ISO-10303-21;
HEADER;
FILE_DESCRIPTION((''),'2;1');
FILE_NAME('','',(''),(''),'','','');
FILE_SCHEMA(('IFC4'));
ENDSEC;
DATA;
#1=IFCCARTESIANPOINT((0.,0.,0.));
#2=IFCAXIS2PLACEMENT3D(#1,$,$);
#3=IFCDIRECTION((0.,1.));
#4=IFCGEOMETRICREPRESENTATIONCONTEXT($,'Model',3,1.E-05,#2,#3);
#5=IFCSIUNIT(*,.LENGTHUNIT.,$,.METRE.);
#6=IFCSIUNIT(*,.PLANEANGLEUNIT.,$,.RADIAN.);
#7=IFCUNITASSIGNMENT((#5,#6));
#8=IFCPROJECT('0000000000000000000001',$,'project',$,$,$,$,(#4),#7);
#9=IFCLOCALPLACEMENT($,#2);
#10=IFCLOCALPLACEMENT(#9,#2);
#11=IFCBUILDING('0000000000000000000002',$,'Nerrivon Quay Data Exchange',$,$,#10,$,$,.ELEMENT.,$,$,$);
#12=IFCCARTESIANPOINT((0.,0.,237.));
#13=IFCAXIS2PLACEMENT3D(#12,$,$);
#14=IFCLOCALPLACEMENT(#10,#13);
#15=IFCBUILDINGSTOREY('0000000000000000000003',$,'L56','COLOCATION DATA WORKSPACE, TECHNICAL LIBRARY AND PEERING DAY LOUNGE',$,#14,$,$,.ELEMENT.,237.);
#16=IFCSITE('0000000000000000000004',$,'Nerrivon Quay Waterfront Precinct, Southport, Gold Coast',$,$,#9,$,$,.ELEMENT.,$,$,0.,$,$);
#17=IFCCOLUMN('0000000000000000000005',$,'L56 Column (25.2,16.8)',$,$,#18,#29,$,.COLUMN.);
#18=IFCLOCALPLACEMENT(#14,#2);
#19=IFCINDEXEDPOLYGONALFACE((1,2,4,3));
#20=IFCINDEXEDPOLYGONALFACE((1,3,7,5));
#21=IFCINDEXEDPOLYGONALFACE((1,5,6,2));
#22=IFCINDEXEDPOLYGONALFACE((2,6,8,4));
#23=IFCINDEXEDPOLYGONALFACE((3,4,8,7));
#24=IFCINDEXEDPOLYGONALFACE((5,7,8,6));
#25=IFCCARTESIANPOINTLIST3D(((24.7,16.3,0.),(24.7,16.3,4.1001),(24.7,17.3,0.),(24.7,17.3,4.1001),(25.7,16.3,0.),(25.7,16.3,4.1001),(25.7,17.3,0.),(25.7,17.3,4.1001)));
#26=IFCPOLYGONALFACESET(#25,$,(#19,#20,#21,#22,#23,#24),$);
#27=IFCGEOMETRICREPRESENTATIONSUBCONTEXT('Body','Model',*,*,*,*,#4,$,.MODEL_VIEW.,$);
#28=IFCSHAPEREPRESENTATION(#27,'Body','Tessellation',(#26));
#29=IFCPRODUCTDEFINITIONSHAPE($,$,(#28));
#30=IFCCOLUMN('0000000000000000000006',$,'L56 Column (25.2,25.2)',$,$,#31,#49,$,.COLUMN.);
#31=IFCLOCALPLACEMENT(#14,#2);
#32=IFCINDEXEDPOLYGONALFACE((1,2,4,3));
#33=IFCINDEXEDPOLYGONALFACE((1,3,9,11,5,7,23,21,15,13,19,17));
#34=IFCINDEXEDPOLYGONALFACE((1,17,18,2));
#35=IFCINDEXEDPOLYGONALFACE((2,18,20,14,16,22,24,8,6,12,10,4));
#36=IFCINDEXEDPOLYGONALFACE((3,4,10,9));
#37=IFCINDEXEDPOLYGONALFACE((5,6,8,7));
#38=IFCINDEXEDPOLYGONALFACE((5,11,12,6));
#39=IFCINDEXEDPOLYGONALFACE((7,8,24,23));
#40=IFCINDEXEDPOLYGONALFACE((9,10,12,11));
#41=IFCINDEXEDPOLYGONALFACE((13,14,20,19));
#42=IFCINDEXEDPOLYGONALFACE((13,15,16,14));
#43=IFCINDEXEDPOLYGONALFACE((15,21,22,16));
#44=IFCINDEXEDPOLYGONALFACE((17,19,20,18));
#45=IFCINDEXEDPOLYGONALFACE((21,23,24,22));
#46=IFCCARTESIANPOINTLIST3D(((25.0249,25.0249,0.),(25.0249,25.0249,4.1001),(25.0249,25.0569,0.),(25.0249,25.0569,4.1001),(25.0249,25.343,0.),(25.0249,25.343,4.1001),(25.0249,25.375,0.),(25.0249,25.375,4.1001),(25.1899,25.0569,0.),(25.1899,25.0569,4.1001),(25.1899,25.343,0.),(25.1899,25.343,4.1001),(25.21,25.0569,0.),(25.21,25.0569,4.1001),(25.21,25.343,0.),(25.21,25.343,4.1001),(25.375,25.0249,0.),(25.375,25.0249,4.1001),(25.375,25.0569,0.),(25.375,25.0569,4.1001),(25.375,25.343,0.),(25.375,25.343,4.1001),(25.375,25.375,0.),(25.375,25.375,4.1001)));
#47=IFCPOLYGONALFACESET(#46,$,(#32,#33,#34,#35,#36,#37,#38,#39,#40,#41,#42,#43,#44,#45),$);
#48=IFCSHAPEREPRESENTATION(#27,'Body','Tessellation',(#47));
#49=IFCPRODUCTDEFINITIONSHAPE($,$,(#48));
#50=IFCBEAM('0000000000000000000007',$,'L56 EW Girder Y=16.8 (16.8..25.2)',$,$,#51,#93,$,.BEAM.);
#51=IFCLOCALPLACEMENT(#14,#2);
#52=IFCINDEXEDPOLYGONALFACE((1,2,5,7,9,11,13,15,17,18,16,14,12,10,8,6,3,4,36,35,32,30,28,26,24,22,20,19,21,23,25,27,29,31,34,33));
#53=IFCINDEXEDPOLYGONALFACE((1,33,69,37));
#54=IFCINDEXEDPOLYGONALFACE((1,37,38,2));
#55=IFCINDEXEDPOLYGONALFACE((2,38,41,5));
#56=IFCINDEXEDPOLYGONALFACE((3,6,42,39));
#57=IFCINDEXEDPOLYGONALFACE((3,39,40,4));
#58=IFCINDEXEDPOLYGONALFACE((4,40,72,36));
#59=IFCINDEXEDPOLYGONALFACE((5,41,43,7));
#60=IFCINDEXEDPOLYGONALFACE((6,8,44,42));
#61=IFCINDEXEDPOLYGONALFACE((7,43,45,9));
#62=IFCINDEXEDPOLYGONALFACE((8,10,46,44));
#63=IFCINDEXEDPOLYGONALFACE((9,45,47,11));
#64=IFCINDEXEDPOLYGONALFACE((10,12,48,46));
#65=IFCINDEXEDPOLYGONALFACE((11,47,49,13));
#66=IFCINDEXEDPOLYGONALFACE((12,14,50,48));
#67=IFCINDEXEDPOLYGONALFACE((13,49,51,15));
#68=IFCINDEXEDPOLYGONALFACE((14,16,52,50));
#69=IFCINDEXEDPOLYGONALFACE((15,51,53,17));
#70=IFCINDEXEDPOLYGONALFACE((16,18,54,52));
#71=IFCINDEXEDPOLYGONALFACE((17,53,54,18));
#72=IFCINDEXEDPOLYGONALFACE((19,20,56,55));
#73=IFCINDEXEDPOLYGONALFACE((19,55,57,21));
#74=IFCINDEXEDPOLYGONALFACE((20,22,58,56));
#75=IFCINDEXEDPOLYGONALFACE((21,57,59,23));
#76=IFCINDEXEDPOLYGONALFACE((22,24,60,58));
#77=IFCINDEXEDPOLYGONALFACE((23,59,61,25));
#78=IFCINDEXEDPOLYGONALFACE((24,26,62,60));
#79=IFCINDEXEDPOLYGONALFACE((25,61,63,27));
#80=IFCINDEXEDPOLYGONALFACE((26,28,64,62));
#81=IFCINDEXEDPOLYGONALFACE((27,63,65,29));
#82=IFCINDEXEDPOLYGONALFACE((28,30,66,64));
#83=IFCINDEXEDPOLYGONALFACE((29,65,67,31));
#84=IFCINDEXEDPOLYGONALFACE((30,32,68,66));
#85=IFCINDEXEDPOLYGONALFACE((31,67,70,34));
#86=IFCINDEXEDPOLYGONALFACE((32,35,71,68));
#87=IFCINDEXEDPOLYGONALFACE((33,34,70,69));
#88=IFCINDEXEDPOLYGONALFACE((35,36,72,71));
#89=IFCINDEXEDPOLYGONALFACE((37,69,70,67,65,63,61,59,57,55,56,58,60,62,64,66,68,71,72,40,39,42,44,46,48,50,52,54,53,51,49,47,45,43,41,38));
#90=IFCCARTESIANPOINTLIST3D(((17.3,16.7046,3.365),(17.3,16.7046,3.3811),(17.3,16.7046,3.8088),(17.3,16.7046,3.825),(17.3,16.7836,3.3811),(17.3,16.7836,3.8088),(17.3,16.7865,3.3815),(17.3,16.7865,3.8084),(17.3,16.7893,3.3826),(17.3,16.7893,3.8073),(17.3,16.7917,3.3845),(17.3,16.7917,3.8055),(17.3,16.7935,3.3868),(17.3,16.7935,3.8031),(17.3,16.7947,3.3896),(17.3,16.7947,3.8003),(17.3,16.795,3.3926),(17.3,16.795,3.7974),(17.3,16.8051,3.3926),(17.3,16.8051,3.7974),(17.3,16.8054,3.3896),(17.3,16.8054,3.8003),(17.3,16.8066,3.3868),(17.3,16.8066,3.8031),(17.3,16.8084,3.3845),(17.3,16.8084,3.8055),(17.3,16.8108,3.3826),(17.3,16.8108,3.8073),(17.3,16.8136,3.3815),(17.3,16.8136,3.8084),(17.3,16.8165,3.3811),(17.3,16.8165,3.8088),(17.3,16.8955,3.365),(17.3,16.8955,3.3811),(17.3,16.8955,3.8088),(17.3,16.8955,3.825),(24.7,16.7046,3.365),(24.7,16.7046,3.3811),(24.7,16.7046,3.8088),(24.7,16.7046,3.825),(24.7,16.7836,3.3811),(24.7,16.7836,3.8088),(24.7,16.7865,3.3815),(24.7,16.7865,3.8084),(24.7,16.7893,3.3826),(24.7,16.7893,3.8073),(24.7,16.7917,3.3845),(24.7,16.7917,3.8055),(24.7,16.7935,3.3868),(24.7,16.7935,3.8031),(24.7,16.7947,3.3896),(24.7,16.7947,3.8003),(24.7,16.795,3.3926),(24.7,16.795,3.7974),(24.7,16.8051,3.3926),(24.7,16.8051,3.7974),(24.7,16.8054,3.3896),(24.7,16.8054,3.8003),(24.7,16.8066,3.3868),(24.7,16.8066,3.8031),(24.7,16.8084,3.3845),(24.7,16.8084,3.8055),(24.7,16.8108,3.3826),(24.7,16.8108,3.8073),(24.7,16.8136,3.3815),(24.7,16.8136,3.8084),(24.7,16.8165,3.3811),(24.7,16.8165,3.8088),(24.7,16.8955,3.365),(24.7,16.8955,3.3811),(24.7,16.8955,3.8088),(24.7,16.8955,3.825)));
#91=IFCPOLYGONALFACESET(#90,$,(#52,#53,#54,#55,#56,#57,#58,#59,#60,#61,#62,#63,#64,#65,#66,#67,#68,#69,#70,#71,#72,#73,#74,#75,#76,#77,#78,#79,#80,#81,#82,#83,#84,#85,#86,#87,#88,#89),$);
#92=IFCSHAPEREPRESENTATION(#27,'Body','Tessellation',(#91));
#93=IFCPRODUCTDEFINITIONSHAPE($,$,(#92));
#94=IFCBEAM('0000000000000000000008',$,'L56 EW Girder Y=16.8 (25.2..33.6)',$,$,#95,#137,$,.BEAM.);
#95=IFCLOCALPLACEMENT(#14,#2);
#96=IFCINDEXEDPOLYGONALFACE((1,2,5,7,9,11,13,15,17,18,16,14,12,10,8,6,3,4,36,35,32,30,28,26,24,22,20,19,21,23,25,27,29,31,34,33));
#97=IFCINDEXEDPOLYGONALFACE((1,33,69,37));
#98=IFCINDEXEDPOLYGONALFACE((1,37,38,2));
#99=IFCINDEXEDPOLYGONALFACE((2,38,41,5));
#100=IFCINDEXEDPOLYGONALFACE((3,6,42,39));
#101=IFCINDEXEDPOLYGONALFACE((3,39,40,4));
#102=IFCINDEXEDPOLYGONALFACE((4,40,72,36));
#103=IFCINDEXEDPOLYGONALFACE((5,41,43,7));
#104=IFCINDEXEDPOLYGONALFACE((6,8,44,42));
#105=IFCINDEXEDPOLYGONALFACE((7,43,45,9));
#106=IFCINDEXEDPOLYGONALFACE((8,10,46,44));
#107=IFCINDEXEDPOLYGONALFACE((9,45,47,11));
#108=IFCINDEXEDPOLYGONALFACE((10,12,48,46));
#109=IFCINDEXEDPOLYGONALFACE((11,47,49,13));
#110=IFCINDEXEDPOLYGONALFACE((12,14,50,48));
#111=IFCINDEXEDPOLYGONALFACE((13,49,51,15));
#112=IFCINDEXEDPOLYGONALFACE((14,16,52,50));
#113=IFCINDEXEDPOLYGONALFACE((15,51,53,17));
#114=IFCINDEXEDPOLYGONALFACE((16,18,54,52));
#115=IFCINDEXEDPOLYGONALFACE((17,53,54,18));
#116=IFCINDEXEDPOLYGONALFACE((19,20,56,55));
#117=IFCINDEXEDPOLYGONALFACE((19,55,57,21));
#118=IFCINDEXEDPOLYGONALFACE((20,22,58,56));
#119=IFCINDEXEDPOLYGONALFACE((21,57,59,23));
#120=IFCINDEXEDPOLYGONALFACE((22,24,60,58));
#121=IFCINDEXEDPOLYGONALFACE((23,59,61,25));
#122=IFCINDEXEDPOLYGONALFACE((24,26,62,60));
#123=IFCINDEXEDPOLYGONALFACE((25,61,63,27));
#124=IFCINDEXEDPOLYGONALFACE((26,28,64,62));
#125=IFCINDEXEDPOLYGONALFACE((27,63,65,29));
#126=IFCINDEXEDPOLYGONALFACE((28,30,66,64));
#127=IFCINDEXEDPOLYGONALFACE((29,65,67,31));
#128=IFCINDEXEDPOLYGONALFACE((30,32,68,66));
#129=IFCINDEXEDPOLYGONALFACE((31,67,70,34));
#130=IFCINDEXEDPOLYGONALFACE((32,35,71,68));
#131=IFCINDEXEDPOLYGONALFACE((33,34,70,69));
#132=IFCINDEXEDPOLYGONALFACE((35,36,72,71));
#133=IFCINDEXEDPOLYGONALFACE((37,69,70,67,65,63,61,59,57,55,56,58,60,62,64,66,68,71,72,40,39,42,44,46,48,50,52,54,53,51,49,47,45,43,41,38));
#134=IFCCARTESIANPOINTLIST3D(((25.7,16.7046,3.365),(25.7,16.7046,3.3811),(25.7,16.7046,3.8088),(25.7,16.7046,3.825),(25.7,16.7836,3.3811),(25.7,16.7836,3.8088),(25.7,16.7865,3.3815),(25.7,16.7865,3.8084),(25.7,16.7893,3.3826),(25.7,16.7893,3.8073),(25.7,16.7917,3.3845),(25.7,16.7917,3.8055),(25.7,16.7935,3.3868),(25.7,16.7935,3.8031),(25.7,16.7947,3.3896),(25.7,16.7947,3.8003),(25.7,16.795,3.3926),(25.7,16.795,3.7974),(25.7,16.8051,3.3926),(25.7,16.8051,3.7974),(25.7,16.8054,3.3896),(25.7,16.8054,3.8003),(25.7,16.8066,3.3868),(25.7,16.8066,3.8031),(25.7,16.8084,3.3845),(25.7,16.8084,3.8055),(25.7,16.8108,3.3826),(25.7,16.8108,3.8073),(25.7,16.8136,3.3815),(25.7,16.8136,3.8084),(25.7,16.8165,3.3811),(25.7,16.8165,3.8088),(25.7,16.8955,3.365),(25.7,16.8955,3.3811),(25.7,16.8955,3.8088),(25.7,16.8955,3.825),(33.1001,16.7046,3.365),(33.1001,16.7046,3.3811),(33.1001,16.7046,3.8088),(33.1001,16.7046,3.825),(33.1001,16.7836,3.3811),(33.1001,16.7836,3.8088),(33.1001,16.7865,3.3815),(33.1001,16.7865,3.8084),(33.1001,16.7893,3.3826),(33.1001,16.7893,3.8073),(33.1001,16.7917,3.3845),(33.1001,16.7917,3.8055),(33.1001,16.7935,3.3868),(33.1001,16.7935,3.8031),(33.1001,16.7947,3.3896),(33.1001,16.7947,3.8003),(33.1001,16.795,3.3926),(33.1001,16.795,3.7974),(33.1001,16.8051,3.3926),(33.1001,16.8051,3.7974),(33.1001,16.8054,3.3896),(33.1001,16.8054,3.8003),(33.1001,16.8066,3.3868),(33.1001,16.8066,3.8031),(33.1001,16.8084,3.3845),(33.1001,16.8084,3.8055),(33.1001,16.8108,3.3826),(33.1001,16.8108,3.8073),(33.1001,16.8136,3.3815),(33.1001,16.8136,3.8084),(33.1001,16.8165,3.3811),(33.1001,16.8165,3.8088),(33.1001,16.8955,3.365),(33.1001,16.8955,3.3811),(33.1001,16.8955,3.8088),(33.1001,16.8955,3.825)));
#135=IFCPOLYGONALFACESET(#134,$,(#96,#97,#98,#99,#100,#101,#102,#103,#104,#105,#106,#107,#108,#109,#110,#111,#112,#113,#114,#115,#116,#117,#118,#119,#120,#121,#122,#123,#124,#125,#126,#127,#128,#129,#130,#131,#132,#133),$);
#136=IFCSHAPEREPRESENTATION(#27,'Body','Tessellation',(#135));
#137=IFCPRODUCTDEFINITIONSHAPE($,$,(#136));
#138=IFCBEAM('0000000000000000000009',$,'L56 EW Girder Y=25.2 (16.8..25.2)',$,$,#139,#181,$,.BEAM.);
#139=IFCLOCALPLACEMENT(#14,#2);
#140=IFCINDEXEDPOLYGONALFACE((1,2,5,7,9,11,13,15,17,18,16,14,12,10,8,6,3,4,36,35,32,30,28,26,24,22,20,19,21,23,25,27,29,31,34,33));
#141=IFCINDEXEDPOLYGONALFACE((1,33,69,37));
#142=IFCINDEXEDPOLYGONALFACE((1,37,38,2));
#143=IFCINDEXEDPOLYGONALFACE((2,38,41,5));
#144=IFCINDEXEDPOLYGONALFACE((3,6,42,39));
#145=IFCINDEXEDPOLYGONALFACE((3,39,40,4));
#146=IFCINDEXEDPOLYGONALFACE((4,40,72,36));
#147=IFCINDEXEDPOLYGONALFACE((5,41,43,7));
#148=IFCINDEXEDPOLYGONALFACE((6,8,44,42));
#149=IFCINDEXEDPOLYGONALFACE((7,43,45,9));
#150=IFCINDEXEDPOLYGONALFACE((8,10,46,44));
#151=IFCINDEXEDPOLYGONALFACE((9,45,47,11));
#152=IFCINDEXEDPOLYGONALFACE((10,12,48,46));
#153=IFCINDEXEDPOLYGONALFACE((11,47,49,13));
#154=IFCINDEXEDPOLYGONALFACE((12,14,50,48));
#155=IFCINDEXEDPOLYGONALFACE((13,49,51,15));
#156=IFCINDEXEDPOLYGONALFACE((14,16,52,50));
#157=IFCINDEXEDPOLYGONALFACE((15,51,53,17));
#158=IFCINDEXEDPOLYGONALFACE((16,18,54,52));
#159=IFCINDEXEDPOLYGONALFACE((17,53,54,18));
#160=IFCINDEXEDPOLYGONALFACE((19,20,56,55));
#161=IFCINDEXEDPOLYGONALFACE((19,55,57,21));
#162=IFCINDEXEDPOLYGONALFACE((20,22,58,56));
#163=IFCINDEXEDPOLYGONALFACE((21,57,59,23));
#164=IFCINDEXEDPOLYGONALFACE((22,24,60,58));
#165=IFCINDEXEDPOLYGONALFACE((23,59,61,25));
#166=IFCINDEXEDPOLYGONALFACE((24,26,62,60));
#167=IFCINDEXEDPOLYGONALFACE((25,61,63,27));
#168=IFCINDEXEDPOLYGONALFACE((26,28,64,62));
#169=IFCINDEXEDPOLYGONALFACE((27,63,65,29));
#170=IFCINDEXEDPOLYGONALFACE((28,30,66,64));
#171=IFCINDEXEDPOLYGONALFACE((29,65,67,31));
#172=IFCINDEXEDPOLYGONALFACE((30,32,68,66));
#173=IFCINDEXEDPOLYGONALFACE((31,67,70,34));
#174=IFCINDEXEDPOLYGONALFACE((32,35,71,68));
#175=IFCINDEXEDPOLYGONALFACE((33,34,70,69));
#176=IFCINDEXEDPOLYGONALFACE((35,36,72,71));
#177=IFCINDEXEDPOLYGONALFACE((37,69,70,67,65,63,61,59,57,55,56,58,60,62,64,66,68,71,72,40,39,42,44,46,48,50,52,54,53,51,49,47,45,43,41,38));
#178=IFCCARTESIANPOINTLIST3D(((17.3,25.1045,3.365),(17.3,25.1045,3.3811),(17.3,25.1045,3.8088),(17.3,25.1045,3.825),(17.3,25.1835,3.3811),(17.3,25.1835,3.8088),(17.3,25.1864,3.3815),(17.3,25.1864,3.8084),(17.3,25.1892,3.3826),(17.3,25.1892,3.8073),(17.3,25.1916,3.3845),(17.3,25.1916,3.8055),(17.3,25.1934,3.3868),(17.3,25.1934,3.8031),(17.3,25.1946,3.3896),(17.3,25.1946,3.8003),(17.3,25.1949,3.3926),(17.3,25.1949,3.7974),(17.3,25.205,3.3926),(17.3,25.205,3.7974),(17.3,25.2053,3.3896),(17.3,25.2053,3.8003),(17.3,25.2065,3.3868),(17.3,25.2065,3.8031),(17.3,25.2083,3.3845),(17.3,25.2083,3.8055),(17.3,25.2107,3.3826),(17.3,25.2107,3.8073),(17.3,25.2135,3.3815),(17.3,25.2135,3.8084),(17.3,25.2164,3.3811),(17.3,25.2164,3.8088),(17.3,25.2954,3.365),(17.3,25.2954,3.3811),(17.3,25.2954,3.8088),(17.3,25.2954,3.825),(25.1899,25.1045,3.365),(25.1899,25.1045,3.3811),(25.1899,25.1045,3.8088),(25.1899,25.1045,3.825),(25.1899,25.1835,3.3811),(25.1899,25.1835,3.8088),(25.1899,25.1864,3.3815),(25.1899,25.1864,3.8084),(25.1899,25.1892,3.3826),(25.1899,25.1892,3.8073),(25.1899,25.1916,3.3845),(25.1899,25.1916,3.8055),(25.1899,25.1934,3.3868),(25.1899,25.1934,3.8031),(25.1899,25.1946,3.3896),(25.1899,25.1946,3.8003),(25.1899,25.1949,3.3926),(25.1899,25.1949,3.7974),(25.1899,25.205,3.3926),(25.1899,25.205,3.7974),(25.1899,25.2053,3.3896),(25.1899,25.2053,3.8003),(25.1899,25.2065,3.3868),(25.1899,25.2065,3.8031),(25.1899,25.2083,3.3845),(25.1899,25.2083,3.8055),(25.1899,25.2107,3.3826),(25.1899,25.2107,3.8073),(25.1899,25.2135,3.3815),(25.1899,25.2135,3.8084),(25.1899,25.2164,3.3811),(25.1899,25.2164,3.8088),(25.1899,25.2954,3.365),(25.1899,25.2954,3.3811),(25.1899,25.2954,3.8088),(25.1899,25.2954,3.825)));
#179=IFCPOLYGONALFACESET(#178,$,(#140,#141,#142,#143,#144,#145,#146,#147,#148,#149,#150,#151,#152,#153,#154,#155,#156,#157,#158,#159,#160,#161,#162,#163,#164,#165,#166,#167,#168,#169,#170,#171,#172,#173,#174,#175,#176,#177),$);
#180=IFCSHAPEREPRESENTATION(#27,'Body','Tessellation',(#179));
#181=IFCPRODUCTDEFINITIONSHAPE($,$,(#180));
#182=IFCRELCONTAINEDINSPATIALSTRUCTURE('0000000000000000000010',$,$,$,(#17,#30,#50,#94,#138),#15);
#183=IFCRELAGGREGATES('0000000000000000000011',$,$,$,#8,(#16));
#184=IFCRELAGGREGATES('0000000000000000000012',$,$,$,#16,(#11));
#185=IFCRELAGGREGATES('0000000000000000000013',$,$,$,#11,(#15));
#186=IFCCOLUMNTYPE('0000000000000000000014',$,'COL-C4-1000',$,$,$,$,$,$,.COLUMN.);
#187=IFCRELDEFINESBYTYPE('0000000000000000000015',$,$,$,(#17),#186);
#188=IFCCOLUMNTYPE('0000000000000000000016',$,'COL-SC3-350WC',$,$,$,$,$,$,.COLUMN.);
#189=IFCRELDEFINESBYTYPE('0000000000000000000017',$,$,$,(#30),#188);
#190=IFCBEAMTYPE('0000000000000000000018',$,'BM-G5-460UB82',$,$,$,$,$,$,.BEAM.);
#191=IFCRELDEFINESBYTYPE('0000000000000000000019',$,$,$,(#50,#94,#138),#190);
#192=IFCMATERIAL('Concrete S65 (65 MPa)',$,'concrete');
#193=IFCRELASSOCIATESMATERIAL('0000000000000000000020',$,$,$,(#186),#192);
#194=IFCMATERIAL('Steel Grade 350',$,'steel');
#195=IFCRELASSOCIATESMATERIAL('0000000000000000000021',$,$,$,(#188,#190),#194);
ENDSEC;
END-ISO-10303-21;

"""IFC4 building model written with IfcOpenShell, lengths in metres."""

from ifc_helpers import new_model, si_unit, direction, frame, origin, origin_2d, place, context, subcontext, project, spatial, rectangle, i_section, extrude, material, material_profile, profile_set, type_object, element, save


model = new_model("IFC4")

# Units and contexts
model_context = context("Model", 3, precision=1e-05, world=origin(), true_north=direction((0.0, 1.0)))
body_context = subcontext(model_context, "Body", "Model", "MODEL_VIEW")
ifc_project = project(units=[si_unit("LENGTHUNIT", "METRE"), si_unit("PLANEANGLEUNIT", "RADIAN")], contexts=[model_context])

# Site, building, storey
site_placement = place(None, origin())
site = spatial("IfcSite", under=ifc_project, at=site_placement, Name="Nerrivon Quay Waterfront Precinct, Southport, Gold Coast", CompositionType="ELEMENT", RefElevation=0.0)
building_placement = place(site_placement, origin())
building = spatial("IfcBuilding", under=site, at=building_placement, Name="Nerrivon Quay Data Exchange", CompositionType="ELEMENT")
storey_placement = place(building_placement, frame((0.0, 0.0, 237.0)))
storey = spatial("IfcBuildingStorey", under=building, at=storey_placement, Name="L56", Description="COLOCATION DATA WORKSPACE, TECHNICAL LIBRARY AND PEERING DAY LOUNGE", CompositionType="ELEMENT", Elevation=237.0)

# Columns
ifc_material_1 = material(Name="Concrete S65 (65 MPa)", Category="concrete")
ifc_material_profile_1 = material_profile(ifc_material_1, rectangle(XDim=1.0, YDim=1.0, at=origin_2d()), Name="RC-COL-1000x1000")
ifc_profile_set_1 = profile_set([ifc_material_profile_1], Name="Concrete S65 (65 MPa)")
column_type_1 = type_object("IfcColumnType", Name="COL-C4-1000", PredefinedType="COLUMN", material=ifc_profile_set_1)
column_1_placement = place(storey_placement, frame((25.2, 16.8, 0.0), z_axis=(0.0, 0.0, 1.0), x_axis=(1.0, 0.0, 0.0)))
element("IfcColumn", 1, at=column_1_placement, inside=storey, type_object=column_type_1, Name="L56 Column (25.2,16.8)", PredefinedType="COLUMN", context=body_context, shape_type="SweptSolid", body=[
    extrude(rectangle(XDim=1.0, YDim=1.0, at=origin_2d()), origin(), (0.0, 0.0, 1.0), 4.1001),
])
ifc_material_2 = material(Name="Steel Grade 350", Category="steel")
ifc_material_profile_2 = material_profile(ifc_material_2, i_section(OverallWidth=0.3501, OverallDepth=0.3501, WebThickness=0.02, FlangeThickness=0.032, at=origin_2d()), Name="350WC230")
ifc_profile_set_2 = profile_set([ifc_material_profile_2], Name="Steel Grade 350")
column_type_2 = type_object("IfcColumnType", Name="COL-SC3-350WC", PredefinedType="COLUMN", material=ifc_profile_set_2)
column_2_placement = place(storey_placement, frame((25.2, 25.2, 0.0), z_axis=(0.0, 0.0, 1.0), x_axis=(1.0, 0.0, 0.0)))
element("IfcColumn", 2, at=column_2_placement, inside=storey, type_object=column_type_2, Name="L56 Column (25.2,25.2)", PredefinedType="COLUMN", context=body_context, shape_type="SweptSolid", body=[
    extrude(i_section(OverallWidth=0.3501, OverallDepth=0.3501, WebThickness=0.02, FlangeThickness=0.032, at=origin_2d()), origin(), (0.0, 0.0, 1.0), 4.1001),
])

# Beams
ifc_material_profile_3 = material_profile(ifc_material_2, i_section(OverallWidth=0.1909, OverallDepth=0.46, WebThickness=0.01, FlangeThickness=0.0161, FilletRadius=0.0115, at=origin_2d()), Name="460UB82.1")
ifc_profile_set_3 = profile_set([ifc_material_profile_3], Name="Steel Grade 350")
beam_type_1 = type_object("IfcBeamType", Name="BM-G5-460UB82", PredefinedType="BEAM", material=ifc_profile_set_3)
beam_1_placement = place(storey_placement, frame((17.3, 16.8, 3.595), z_axis=(1.0, 0.0, 0.0), x_axis=(0.0, 1.0, 0.0)))
element("IfcBeam", 3, at=beam_1_placement, inside=storey, type_object=beam_type_1, Name="L56 EW Girder Y=16.8 (16.8..25.2)", PredefinedType="BEAM", context=body_context, shape_type="SweptSolid", body=[
    extrude(i_section(OverallWidth=0.1909, OverallDepth=0.46, WebThickness=0.01, FlangeThickness=0.0161, FilletRadius=0.0115, at=origin_2d()), origin(), (0.0, 0.0, 1.0), 7.3999),
])
beam_2_placement = place(storey_placement, frame((25.7, 16.8, 3.595), z_axis=(1.0, 0.0, 0.0), x_axis=(0.0, 1.0, 0.0)))
element("IfcBeam", 4, at=beam_2_placement, inside=storey, type_object=beam_type_1, Name="L56 EW Girder Y=16.8 (25.2..33.6)", PredefinedType="BEAM", context=body_context, shape_type="SweptSolid", body=[
    extrude(i_section(OverallWidth=0.1909, OverallDepth=0.46, WebThickness=0.01, FlangeThickness=0.0161, FilletRadius=0.0115, at=origin_2d()), origin(), (0.0, 0.0, 1.0), 7.4001),
])
beam_3_placement = place(storey_placement, frame((17.3, 25.2, 3.595), z_axis=(1.0, 0.0, 0.0), x_axis=(0.0, 1.0, 0.0)))
element("IfcBeam", 5, at=beam_3_placement, inside=storey, type_object=beam_type_1, Name="L56 EW Girder Y=25.2 (16.8..25.2)", PredefinedType="BEAM", context=body_context, shape_type="SweptSolid", body=[
    extrude(i_section(OverallWidth=0.1909, OverallDepth=0.46, WebThickness=0.01, FlangeThickness=0.0161, FilletRadius=0.0115, at=origin_2d()), origin(), (0.0, 0.0, 1.0), 7.8899),
])

save(model, "model.ifc")
